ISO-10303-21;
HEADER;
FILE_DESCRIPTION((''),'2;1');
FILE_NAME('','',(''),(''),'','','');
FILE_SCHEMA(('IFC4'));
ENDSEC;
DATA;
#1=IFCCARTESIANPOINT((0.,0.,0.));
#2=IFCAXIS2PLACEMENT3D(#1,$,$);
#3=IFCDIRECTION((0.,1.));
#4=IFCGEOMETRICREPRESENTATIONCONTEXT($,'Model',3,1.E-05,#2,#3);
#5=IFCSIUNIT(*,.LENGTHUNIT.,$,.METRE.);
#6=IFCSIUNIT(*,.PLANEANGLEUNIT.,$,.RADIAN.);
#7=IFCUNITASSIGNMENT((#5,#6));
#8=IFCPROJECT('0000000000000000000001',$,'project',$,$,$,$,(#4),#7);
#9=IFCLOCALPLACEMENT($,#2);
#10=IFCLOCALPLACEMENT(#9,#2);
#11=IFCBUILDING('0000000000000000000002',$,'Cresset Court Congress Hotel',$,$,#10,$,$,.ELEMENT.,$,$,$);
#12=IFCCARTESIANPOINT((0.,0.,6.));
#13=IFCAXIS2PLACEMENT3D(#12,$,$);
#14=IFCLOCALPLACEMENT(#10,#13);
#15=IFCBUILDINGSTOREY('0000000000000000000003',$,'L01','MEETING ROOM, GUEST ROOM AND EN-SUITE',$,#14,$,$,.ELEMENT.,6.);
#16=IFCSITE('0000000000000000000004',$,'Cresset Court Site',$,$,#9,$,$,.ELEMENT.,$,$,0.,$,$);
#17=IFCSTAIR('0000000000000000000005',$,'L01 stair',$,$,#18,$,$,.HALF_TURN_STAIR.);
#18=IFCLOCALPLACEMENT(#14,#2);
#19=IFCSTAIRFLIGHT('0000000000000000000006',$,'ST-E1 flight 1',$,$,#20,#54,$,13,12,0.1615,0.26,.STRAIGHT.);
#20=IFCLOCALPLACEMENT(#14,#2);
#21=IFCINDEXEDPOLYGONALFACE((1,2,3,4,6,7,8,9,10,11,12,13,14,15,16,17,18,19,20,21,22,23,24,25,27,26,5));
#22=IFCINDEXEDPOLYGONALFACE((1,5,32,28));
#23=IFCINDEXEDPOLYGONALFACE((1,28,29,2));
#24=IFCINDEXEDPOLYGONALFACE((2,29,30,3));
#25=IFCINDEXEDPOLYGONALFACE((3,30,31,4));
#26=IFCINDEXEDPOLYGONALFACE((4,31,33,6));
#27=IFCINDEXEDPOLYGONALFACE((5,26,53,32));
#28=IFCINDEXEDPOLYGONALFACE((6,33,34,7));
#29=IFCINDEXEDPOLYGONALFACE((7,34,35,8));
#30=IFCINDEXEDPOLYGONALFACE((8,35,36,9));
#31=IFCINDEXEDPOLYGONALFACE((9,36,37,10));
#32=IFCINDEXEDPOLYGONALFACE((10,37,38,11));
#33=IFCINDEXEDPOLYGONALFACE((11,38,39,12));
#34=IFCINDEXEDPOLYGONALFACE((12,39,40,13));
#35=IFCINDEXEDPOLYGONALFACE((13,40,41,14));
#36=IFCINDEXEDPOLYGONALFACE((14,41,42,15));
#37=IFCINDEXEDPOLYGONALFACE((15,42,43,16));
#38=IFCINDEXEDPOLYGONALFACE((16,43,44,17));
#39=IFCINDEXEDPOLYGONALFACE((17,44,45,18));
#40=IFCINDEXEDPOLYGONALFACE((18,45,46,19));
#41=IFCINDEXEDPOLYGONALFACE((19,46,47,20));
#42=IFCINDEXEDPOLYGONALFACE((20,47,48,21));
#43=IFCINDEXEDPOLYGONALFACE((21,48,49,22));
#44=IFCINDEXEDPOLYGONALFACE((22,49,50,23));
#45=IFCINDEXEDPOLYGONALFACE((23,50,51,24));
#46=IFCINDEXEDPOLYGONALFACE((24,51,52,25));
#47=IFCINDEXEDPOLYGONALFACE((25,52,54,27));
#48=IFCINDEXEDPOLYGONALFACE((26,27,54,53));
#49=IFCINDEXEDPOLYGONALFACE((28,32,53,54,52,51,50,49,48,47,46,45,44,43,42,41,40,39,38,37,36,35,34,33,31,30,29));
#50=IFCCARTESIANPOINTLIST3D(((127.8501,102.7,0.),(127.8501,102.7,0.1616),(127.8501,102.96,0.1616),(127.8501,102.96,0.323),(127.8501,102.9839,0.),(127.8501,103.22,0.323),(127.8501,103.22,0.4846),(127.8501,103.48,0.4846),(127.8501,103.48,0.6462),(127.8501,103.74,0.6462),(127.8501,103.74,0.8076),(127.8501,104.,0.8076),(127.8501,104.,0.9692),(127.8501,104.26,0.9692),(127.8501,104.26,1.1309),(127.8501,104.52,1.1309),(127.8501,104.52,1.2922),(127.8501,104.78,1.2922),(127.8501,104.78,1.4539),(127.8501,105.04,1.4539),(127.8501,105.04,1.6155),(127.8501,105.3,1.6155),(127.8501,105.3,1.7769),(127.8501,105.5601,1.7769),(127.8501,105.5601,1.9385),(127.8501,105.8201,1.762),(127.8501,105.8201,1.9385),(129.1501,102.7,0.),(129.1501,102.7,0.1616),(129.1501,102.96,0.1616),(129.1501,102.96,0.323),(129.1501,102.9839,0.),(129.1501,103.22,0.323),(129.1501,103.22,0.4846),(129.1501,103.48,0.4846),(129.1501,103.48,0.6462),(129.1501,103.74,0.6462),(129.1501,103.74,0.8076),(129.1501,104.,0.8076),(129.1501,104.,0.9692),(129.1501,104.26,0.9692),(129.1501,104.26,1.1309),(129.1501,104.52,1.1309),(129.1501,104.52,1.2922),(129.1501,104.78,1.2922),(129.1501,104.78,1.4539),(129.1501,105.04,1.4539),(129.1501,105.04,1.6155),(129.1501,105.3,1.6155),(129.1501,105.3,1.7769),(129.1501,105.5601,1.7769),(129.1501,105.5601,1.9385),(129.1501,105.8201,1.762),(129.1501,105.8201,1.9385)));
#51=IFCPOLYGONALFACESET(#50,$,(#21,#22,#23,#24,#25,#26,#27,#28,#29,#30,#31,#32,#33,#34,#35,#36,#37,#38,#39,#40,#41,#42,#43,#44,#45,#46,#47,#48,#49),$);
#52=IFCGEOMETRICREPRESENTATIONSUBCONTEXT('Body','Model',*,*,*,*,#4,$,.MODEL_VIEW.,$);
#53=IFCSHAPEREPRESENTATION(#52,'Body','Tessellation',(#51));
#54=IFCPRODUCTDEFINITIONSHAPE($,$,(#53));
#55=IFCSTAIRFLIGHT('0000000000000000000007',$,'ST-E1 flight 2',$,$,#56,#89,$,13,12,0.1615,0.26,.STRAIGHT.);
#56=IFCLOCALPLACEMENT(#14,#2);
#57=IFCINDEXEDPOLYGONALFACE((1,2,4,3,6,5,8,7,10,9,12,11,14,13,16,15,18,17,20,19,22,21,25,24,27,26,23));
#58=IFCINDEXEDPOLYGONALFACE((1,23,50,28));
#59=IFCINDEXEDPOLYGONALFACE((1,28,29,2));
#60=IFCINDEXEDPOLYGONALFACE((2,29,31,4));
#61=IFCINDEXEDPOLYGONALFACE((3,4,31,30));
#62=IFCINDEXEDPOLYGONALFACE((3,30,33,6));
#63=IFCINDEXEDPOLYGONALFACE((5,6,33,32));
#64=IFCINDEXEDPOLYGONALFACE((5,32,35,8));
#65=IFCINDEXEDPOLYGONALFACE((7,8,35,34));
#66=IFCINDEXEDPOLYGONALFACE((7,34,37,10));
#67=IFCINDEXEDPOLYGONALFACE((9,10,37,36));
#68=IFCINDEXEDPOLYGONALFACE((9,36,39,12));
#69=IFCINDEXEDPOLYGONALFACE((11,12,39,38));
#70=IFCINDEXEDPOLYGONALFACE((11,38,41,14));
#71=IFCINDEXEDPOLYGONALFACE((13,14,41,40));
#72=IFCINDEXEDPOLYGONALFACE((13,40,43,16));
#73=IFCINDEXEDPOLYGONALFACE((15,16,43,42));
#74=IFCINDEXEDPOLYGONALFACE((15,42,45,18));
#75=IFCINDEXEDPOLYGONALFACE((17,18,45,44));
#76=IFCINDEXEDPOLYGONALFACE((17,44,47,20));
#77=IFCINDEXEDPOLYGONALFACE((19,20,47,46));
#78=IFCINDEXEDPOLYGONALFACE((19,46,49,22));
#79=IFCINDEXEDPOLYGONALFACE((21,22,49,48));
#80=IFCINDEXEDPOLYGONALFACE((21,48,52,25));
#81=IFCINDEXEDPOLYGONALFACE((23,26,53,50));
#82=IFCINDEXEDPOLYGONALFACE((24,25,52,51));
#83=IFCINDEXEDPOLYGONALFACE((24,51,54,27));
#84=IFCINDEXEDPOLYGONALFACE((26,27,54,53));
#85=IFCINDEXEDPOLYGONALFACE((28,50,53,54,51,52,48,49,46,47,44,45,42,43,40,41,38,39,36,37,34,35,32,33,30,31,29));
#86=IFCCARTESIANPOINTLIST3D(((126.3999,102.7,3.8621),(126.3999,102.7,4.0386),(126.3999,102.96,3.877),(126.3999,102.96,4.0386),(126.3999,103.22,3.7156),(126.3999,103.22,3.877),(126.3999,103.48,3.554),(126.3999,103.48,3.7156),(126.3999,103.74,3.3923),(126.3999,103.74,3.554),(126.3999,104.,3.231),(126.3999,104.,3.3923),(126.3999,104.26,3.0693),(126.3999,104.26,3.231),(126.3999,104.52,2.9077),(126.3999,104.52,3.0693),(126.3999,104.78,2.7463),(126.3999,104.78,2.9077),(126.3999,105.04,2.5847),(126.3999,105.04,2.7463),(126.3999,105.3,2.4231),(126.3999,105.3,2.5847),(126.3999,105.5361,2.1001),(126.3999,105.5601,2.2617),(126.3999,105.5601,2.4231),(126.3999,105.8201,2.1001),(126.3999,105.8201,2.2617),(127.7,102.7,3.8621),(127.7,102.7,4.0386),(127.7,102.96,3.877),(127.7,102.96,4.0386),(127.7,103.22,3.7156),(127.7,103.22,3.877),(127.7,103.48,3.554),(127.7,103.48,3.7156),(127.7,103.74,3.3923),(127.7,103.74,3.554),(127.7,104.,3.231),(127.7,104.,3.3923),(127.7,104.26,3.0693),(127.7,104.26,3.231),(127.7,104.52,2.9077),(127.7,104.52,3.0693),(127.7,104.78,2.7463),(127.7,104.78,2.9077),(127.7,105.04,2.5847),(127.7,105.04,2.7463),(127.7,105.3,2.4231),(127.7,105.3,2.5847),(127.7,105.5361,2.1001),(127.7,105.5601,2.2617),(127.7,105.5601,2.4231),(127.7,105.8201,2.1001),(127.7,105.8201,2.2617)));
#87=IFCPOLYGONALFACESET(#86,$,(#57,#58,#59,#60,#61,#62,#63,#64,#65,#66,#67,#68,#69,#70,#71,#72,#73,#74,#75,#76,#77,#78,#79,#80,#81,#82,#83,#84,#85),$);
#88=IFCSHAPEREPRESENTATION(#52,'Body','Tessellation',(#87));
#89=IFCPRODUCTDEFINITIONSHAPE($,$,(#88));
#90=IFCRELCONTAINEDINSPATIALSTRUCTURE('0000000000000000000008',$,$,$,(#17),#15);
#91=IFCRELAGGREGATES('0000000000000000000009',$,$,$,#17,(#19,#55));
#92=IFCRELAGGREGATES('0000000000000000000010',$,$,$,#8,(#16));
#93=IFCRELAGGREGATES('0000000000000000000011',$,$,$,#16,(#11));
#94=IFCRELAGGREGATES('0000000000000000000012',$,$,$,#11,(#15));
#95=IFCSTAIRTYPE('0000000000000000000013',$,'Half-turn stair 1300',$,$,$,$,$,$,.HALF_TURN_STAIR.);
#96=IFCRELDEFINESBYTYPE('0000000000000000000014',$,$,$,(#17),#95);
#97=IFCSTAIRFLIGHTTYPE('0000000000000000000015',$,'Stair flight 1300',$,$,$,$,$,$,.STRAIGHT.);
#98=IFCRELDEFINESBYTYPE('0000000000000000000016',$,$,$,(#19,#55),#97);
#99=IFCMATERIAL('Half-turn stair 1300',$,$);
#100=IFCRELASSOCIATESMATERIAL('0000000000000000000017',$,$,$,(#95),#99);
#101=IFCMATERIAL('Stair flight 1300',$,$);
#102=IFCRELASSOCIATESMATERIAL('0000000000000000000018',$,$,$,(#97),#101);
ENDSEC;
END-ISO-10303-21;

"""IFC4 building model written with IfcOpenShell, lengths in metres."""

from ifc_helpers import new_model, si_unit, direction, frame, origin, place, context, subcontext, project, spatial, polyline, outline, extrude, material, type_object, element, aggregate, save


model = new_model("IFC4")

# Units and contexts
model_context = context("Model", 3, precision=1e-05, world=origin(), true_north=direction((0.0, 1.0)))
body_context = subcontext(model_context, "Body", "Model", "MODEL_VIEW")
ifc_project = project(units=[si_unit("LENGTHUNIT", "METRE"), si_unit("PLANEANGLEUNIT", "RADIAN")], contexts=[model_context])

# Site, building, storey
site_placement = place(None, origin())
site = spatial("IfcSite", under=ifc_project, at=site_placement, Name="Cresset Court Site", CompositionType="ELEMENT", RefElevation=0.0)
building_placement = place(site_placement, origin())
building = spatial("IfcBuilding", under=site, at=building_placement, Name="Cresset Court Congress Hotel", CompositionType="ELEMENT")
storey_placement = place(building_placement, frame((0.0, 0.0, 6.0)))
storey = spatial("IfcBuildingStorey", under=building, at=storey_placement, Name="L01", Description="MEETING ROOM, GUEST ROOM AND EN-SUITE", CompositionType="ELEMENT", Elevation=6.0)

# Stair, stair flights
ifc_material_1 = material(Name="Half-turn stair 1300")
stair_type = type_object("IfcStairType", Name="Half-turn stair 1300", PredefinedType="HALF_TURN_STAIR", material=ifc_material_1)
stair_placement = place(storey_placement, origin())
stair = element("IfcStair", 1, at=stair_placement, inside=storey, type_object=stair_type, Name="L01 stair", PredefinedType="HALF_TURN_STAIR")
ifc_material_2 = material(Name="Stair flight 1300")
stair_flight_type = type_object("IfcStairFlightType", Name="Stair flight 1300", PredefinedType="STRAIGHT", material=ifc_material_2)
stair_flight_1_placement = place(storey_placement, frame((128.5, 102.7, 0.0), z_axis=(0.0, 0.0, 1.0), x_axis=(0.0, 1.0, 0.0)))
stair_flight_1 = element("IfcStairFlight", 2, at=stair_flight_1_placement, type_object=stair_flight_type, Name="ST-E1 flight 1", NumberOfRisers=13, NumberOfTreads=12, PredefinedType="STRAIGHT", RiserHeight=0.1615, TreadLength=0.26, context=body_context, shape_type="SweptSolid", body=[
    extrude(outline(polyline([(0.0, 0.0), (0.0, 0.1616), (0.26, 0.1616), (0.26, 0.323), (0.52, 0.323), (0.52, 0.4846), (0.78, 0.4846), (0.78, 0.6462), (1.04, 0.6462), (1.04, 0.8076), (1.3, 0.8076), (1.3, 0.9692), (1.5601, 0.9692), (1.5601, 1.1309), (1.8201, 1.1309), (1.8201, 1.2922), (2.0801, 1.2922), (2.0801, 1.4539), (2.3401, 1.4539), (2.3401, 1.6155), (2.6001, 1.6155), (2.6001, 1.7769), (2.8601, 1.7769), (2.8601, 1.9385), (3.1201, 1.9385), (3.1201, 2.1001), (3.1201, 1.762), (0.2839, 0.0), (0.0, 0.0)])), frame((0.0, 0.6499, 0.0), z_axis=(0.0, -1.0, 0.0), x_axis=(1.0, 0.0, 0.0)), (0.0, 0.0, 1.0), 1.3),
])
stair_flight_2_placement = place(storey_placement, frame((127.05, 105.8201, 2.1001), z_axis=(0.0, 0.0, 1.0), x_axis=(0.0, -1.0, 0.0)))
stair_flight_2 = element("IfcStairFlight", 3, at=stair_flight_2_placement, type_object=stair_flight_type, Name="ST-E1 flight 2", NumberOfRisers=13, NumberOfTreads=12, PredefinedType="STRAIGHT", RiserHeight=0.1615, TreadLength=0.26, context=body_context, shape_type="SweptSolid", body=[
    extrude(outline(polyline([(0.0, 0.0), (0.0, 0.1616), (0.26, 0.1616), (0.26, 0.323), (0.52, 0.323), (0.52, 0.4846), (0.78, 0.4846), (0.78, 0.6462), (1.04, 0.6462), (1.04, 0.8076), (1.3, 0.8076), (1.3, 0.9692), (1.5601, 0.9692), (1.5601, 1.1309), (1.8201, 1.1309), (1.8201, 1.2922), (2.0801, 1.2922), (2.0801, 1.4539), (2.3401, 1.4539), (2.3401, 1.6155), (2.6001, 1.6155), (2.6001, 1.7769), (2.8601, 1.7769), (2.8601, 1.9385), (3.1201, 1.9385), (3.1201, 2.1001), (3.1201, 1.762), (0.2839, 0.0), (0.0, 0.0)])), frame((0.0, 0.6499, 0.0), z_axis=(0.0, -1.0, 0.0), x_axis=(1.0, 0.0, 0.0)), (0.0, 0.0, 1.0), 1.3),
])
aggregate(stair, [stair_flight_1, stair_flight_2])

save(model, "model.ifc")
